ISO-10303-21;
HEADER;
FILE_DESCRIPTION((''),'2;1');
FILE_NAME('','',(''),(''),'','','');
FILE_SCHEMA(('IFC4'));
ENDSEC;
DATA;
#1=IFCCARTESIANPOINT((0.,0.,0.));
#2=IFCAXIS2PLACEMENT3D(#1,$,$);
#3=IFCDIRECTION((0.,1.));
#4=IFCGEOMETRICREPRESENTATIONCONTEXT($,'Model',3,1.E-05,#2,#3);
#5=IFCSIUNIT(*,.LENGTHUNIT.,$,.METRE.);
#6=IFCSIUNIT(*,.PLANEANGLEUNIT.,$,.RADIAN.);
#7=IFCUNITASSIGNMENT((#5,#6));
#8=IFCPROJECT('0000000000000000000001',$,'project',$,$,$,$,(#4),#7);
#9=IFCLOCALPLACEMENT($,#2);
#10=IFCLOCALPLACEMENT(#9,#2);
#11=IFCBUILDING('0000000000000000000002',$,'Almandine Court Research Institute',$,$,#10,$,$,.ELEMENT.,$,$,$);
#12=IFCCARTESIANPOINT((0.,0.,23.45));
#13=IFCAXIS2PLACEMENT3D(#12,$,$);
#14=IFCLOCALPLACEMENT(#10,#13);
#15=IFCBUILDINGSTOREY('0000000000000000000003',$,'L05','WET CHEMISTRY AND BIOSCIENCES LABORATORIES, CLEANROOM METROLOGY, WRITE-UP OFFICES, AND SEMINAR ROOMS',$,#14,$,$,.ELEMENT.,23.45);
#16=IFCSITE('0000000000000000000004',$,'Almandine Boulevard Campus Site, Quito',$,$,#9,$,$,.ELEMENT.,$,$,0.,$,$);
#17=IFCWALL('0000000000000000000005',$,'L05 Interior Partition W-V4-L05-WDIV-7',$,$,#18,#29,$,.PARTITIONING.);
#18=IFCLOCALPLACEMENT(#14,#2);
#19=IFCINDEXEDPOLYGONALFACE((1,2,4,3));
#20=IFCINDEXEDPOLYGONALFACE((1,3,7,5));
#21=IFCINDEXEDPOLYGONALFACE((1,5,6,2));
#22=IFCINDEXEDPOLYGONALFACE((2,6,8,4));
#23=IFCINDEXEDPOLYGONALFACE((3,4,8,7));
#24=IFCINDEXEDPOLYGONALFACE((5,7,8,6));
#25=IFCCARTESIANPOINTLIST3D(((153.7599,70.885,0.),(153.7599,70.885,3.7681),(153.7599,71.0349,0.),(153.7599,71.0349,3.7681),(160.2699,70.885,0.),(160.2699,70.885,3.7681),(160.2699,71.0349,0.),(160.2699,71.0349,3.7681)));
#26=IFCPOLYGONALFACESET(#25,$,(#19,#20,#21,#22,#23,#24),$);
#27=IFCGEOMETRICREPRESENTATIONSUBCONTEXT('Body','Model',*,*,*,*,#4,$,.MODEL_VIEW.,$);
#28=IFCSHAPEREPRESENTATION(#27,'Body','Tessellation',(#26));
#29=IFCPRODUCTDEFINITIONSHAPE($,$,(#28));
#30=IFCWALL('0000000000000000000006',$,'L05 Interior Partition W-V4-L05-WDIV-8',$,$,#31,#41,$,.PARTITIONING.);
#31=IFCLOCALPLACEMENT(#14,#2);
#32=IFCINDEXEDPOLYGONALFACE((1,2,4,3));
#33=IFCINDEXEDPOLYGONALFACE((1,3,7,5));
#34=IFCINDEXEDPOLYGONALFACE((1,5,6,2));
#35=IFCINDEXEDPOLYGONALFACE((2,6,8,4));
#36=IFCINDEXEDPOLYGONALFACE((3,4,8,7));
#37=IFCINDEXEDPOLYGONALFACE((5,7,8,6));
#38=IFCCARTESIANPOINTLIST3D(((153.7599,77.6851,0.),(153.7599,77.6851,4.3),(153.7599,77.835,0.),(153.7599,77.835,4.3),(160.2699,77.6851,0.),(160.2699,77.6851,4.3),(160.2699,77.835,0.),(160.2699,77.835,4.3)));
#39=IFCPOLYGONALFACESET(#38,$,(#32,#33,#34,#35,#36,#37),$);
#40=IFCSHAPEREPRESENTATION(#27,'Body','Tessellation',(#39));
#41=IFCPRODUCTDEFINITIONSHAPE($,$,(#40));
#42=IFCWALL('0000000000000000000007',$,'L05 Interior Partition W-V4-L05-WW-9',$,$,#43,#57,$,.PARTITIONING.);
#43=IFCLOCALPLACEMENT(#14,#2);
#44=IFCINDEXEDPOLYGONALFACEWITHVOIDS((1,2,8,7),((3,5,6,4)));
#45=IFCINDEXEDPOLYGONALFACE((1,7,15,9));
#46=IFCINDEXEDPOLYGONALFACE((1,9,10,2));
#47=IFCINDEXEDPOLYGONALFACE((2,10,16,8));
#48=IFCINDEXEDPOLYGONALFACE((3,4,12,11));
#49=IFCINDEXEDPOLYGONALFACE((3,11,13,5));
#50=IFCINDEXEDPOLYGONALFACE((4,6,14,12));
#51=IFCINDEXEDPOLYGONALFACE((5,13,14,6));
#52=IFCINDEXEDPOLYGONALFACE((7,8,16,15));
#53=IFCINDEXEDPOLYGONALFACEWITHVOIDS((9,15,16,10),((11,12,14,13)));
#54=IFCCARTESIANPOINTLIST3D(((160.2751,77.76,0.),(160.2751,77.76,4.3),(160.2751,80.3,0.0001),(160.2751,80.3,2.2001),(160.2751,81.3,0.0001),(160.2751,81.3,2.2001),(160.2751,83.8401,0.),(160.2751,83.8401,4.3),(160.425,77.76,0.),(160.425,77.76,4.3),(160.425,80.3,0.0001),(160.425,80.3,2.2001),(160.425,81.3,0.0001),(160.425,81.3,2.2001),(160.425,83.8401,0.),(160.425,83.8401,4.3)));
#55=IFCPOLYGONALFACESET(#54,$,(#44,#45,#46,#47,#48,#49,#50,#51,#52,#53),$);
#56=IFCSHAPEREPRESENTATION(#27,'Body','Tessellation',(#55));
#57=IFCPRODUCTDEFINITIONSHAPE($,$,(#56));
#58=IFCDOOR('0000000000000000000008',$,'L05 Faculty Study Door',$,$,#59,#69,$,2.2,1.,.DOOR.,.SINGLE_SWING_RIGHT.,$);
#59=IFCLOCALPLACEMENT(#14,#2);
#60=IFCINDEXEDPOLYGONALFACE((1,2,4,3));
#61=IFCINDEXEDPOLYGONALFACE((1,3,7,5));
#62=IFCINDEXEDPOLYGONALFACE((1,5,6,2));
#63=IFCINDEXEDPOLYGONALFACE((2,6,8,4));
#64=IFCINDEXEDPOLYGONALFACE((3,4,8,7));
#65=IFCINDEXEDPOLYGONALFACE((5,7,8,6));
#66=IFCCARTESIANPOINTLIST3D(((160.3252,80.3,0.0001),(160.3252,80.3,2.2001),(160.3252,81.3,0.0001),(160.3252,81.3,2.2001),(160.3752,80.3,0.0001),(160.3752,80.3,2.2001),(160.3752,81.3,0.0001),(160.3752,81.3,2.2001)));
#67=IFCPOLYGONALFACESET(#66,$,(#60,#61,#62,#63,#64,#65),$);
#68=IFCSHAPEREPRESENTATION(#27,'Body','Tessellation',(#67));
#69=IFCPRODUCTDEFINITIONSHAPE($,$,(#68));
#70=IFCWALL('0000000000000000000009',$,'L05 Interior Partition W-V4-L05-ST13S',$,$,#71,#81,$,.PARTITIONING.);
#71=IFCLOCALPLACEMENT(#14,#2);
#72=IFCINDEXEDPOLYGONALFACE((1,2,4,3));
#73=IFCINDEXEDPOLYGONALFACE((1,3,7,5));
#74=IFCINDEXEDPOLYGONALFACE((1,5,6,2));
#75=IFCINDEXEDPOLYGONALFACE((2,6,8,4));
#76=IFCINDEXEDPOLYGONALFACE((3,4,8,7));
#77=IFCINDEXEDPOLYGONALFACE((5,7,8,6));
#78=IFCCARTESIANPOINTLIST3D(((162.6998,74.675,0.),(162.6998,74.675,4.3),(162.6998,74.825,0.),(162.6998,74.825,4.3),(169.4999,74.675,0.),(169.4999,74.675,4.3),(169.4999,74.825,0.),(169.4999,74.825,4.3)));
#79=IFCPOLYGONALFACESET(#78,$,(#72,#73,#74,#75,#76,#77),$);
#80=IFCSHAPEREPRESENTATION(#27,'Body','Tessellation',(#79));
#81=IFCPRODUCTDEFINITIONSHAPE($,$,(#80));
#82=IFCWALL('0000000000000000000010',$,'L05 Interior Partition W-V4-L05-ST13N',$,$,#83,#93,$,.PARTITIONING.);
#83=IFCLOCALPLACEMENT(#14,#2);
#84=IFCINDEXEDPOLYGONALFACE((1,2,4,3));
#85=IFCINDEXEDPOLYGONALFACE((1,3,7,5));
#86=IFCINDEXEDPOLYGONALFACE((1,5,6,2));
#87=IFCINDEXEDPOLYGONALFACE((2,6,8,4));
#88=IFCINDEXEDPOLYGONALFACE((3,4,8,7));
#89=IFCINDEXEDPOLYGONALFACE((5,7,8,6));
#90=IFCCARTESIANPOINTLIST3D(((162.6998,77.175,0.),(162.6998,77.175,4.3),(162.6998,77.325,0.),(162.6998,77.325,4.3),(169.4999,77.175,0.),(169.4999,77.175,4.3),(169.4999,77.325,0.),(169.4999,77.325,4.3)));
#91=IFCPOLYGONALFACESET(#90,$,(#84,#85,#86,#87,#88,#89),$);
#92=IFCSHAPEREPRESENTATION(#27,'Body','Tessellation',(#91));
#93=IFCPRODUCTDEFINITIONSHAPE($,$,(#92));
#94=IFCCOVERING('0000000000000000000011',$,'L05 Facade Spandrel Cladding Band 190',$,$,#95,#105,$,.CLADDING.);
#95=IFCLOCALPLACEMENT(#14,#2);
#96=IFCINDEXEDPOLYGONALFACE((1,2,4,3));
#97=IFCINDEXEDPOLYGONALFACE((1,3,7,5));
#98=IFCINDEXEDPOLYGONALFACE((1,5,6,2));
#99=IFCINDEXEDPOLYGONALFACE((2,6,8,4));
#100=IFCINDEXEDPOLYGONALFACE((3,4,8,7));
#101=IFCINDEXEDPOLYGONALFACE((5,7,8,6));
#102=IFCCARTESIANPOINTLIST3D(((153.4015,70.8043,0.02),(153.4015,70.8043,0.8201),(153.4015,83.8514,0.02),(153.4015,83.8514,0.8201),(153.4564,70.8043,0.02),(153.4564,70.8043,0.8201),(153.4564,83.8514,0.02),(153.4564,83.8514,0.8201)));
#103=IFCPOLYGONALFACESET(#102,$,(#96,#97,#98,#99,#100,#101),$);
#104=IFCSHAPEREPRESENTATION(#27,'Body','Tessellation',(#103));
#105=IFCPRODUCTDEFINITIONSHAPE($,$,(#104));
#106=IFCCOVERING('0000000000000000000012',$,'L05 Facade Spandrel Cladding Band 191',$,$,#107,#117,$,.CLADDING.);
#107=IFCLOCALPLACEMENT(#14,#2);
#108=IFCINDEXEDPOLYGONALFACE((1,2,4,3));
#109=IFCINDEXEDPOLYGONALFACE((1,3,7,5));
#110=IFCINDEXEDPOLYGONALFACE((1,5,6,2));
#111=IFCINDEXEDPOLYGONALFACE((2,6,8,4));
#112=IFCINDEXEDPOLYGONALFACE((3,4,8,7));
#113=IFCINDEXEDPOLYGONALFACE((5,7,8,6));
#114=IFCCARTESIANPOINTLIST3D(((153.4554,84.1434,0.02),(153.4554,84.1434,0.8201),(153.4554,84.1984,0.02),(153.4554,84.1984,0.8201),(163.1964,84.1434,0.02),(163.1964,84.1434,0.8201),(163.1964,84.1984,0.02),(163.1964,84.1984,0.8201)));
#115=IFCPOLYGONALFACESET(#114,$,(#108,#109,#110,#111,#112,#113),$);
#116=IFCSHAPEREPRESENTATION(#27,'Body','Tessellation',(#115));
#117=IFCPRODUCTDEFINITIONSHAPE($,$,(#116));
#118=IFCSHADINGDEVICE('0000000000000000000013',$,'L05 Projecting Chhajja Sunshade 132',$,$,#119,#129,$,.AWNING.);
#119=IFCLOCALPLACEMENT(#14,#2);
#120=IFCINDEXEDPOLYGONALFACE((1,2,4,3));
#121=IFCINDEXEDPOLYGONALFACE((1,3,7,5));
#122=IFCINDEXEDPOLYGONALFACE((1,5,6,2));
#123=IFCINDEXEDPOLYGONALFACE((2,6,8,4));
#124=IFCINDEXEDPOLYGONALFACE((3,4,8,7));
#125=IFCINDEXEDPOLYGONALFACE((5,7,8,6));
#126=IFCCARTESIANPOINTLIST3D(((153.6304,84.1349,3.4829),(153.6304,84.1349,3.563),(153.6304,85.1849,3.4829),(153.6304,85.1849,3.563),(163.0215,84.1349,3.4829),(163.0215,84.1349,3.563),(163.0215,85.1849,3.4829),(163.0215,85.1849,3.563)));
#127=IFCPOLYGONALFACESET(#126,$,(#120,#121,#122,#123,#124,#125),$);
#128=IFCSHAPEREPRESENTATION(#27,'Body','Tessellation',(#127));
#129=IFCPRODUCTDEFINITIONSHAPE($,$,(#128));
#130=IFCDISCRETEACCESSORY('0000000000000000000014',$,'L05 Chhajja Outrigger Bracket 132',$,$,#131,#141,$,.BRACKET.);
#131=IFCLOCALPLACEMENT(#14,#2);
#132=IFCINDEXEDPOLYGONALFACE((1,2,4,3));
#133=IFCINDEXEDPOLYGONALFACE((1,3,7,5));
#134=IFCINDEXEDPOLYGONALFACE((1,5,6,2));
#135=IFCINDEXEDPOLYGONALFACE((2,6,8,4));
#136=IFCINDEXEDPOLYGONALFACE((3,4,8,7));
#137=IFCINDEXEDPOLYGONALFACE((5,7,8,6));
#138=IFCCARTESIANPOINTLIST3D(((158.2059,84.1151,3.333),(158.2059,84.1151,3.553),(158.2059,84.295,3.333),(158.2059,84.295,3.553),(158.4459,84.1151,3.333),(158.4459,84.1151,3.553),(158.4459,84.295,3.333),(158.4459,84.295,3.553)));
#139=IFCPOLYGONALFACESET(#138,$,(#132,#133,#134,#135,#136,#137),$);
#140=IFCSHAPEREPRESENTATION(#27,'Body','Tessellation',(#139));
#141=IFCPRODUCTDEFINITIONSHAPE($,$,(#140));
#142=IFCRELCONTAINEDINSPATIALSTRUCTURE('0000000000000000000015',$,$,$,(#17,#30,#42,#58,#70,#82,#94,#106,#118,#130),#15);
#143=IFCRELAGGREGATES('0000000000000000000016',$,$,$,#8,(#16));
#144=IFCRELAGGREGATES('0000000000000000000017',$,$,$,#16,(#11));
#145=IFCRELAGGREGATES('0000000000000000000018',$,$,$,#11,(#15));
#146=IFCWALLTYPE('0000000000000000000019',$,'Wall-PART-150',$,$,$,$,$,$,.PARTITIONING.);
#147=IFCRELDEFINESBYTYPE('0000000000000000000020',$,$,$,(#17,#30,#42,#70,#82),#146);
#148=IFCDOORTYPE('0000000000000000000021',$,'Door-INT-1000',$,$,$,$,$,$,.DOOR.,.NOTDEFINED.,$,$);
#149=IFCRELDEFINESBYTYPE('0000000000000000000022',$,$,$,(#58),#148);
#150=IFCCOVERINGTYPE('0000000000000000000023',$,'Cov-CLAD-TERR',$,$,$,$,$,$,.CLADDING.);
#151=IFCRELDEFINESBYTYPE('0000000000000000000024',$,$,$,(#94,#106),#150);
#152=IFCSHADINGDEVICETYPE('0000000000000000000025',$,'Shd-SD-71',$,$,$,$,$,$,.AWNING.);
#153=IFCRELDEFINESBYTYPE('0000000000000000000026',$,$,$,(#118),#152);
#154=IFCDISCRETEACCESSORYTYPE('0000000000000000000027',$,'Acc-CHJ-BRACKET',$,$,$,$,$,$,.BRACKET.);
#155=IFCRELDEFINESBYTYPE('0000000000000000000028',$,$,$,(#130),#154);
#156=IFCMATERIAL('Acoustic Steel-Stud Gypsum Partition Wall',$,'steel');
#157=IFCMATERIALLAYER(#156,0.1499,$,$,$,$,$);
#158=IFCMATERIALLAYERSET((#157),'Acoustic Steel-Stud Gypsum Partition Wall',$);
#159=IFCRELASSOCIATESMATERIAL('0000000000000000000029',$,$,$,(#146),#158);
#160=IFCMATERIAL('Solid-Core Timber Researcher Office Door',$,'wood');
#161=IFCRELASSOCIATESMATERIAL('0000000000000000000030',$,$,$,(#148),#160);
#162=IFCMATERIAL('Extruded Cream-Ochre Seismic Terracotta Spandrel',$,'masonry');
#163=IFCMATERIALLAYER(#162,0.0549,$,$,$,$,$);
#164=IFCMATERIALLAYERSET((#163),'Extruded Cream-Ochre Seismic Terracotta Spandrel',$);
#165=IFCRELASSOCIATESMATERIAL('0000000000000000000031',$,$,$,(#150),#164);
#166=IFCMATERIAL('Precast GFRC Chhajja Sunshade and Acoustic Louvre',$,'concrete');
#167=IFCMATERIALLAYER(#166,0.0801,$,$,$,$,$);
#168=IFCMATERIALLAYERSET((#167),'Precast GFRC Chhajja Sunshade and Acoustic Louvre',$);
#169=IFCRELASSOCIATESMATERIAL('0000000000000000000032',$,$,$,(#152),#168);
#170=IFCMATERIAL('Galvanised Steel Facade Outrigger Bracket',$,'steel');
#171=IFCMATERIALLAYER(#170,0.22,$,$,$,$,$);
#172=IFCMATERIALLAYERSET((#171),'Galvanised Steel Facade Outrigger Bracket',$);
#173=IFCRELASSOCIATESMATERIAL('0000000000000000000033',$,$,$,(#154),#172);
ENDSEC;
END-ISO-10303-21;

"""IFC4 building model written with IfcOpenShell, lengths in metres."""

from ifc_helpers import new_model, si_unit, direction, frame, frame_2d, origin, origin_2d, place, context, subcontext, project, spatial, rectangle, extrude, material, layer, layer_set, type_object, element, fill, save


model = new_model("IFC4")

# Units and contexts
model_context = context("Model", 3, precision=1e-05, world=origin(), true_north=direction((0.0, 1.0)))
body_context = subcontext(model_context, "Body", "Model", "MODEL_VIEW")
ifc_project = project(units=[si_unit("LENGTHUNIT", "METRE"), si_unit("PLANEANGLEUNIT", "RADIAN")], contexts=[model_context])

# Site, building, storey
site_placement = place(None, origin())
site = spatial("IfcSite", under=ifc_project, at=site_placement, Name="Almandine Boulevard Campus Site, Quito", CompositionType="ELEMENT", RefElevation=0.0)
building_placement = place(site_placement, origin())
building = spatial("IfcBuilding", under=site, at=building_placement, Name="Almandine Court Research Institute", CompositionType="ELEMENT")
storey_placement = place(building_placement, frame((0.0, 0.0, 23.45)))
storey = spatial("IfcBuildingStorey", under=building, at=storey_placement, Name="L05", Description="WET CHEMISTRY AND BIOSCIENCES LABORATORIES, CLEANROOM METROLOGY, WRITE-UP OFFICES, AND SEMINAR ROOMS", CompositionType="ELEMENT", Elevation=23.45)

# Walls
ifc_material_1 = material(Name="Acoustic Steel-Stud Gypsum Partition Wall", Category="steel")
ifc_layer_1 = layer(ifc_material_1, 0.1499)
ifc_layer_set_1 = layer_set([ifc_layer_1], Name="Acoustic Steel-Stud Gypsum Partition Wall")
wall_type_1 = type_object("IfcWallType", Name="Wall-PART-150", PredefinedType="PARTITIONING", material=ifc_layer_set_1)
wall_1_placement = place(storey_placement, frame((153.76, 70.96, 0.0), z_axis=(0.0, 0.0, 1.0), x_axis=(1.0, 0.0, 0.0)))
element("IfcWall", 1, at=wall_1_placement, inside=storey, type_object=wall_type_1, Name="L05 Interior Partition W-V4-L05-WDIV-7", PredefinedType="PARTITIONING", context=body_context, shape_type="SweptSolid", body=[
    extrude(rectangle(XDim=6.51, YDim=0.1499, at=frame_2d((3.2549, 0.0))), origin(), (0.0, 0.0, 1.0), 3.7681),
])
wall_2_placement = place(storey_placement, frame((153.76, 77.76, 0.0), z_axis=(0.0, 0.0, 1.0), x_axis=(1.0, 0.0, 0.0)))
element("IfcWall", 2, at=wall_2_placement, inside=storey, type_object=wall_type_1, Name="L05 Interior Partition W-V4-L05-WDIV-8", PredefinedType="PARTITIONING", context=body_context, shape_type="SweptSolid", body=[
    extrude(rectangle(XDim=6.51, YDim=0.1499, at=frame_2d((3.2549, 0.0))), origin(), (0.0, 0.0, 1.0), 4.3),
])

# Wall, opening, door
wall_3_placement = place(storey_placement, frame((160.3501, 77.76, 0.0), z_axis=(0.0, 0.0, 1.0), x_axis=(0.0, 1.0, 0.0)))
wall_3 = element("IfcWall", 3, at=wall_3_placement, inside=storey, type_object=wall_type_1, Name="L05 Interior Partition W-V4-L05-WW-9", PredefinedType="PARTITIONING", context=body_context, shape_type="SweptSolid", body=[
    extrude(rectangle(XDim=6.0801, YDim=0.1499, at=frame_2d((3.04, 0.0))), origin(), (0.0, 0.0, 1.0), 4.3),
])
opening_1_placement = place(wall_3_placement, frame((2.54, 0.0, 0.0)))
opening_1 = element("IfcOpeningElement", 4, at=opening_1_placement, cuts=wall_3, PredefinedType="OPENING", context=body_context, shape_type="SweptSolid", body=[
    extrude(rectangle(XDim=1.0, YDim=2.2, at=frame_2d((0.5, 1.1001))), frame((0.0, 0.085, 0.0), z_axis=(0.0, -1.0, 0.0), x_axis=(1.0, 0.0, 0.0)), (0.0, 0.0, 1.0), 0.1699),
])
ifc_material_2 = material(Name="Solid-Core Timber Researcher Office Door", Category="wood")
door_type_1 = type_object("IfcDoorType", Name="Door-INT-1000", OperationType="NOTDEFINED", PredefinedType="DOOR", material=ifc_material_2)
door_1_placement = place(opening_1_placement, origin())
door_1 = element("IfcDoor", 5, at=door_1_placement, inside=storey, type_object=door_type_1, Name="L05 Faculty Study Door", OperationType="SINGLE_SWING_RIGHT", OverallHeight=2.2, OverallWidth=1.0, PredefinedType="DOOR", context=body_context, shape_type="SweptSolid", body=[
    extrude(rectangle(XDim=1.0, YDim=2.2, at=frame_2d((0.5, 1.1001))), frame((0.0, 0.0249, 0.0), z_axis=(0.0, -1.0, 0.0), x_axis=(1.0, 0.0, 0.0)), (0.0, 0.0, 1.0), 0.05),
])
fill(opening_1, door_1)

# Walls
for number, where, z_axis, x_axis, name in (
    (6, (162.7, 74.75, 0.0), (0.0, 0.0, 1.0), (1.0, 0.0, 0.0), "L05 Interior Partition W-V4-L05-ST13S"),
    (7, (162.7, 77.25, 0.0), (0.0, 0.0, 1.0), (1.0, 0.0, 0.0), "L05 Interior Partition W-V4-L05-ST13N"),
):
    element("IfcWall", number, at=place(storey_placement, frame(where, z_axis=z_axis, x_axis=x_axis)), inside=storey, type_object=wall_type_1, Name=name, PredefinedType="PARTITIONING", context=body_context, shape_type="SweptSolid", body=[
        extrude(rectangle(XDim=6.8, YDim=0.1499, at=frame_2d((3.3999, 0.0))), origin(), (0.0, 0.0, 1.0), 4.3),
    ])

# Coverings
ifc_material_3 = material(Name="Extruded Cream-Ochre Seismic Terracotta Spandrel", Category="masonry")
ifc_layer_2 = layer(ifc_material_3, 0.0549)
ifc_layer_set_2 = layer_set([ifc_layer_2], Name="Extruded Cream-Ochre Seismic Terracotta Spandrel")
covering_type = type_object("IfcCoveringType", Name="Cov-CLAD-TERR", PredefinedType="CLADDING", material=ifc_layer_set_2)
covering_1_placement = place(storey_placement, frame((153.429, 77.3279, 0.02), z_axis=(0.0, 0.0, 1.0), x_axis=(0.0, 1.0, 0.0)))
element("IfcCovering", 8, at=covering_1_placement, inside=storey, type_object=covering_type, Name="L05 Facade Spandrel Cladding Band 190", PredefinedType="CLADDING", context=body_context, shape_type="SweptSolid", body=[
    extrude(rectangle(XDim=13.0471, YDim=0.0549, at=origin_2d()), origin(), (0.0, 0.0, 1.0), 0.8),
])
covering_2_placement = place(storey_placement, frame((158.3259, 84.1709, 0.02), z_axis=(0.0, 0.0, 1.0), x_axis=(1.0, 0.0, 0.0)))
element("IfcCovering", 9, at=covering_2_placement, inside=storey, type_object=covering_type, Name="L05 Facade Spandrel Cladding Band 191", PredefinedType="CLADDING", context=body_context, shape_type="SweptSolid", body=[
    extrude(rectangle(XDim=9.741, YDim=0.0549, at=origin_2d()), origin(), (0.0, 0.0, 1.0), 0.8),
])

# Shading device
ifc_material_4 = material(Name="Precast GFRC Chhajja Sunshade and Acoustic Louvre", Category="concrete")
ifc_layer_3 = layer(ifc_material_4, 0.0801)
ifc_layer_set_3 = layer_set([ifc_layer_3], Name="Precast GFRC Chhajja Sunshade and Acoustic Louvre")
shading_device_type = type_object("IfcShadingDeviceType", Name="Shd-SD-71", PredefinedType="AWNING", material=ifc_layer_set_3)
shading_device_placement = place(storey_placement, frame((158.3259, 84.6599, 3.4829), z_axis=(0.0, 0.0, 1.0), x_axis=(1.0, 0.0, 0.0)))
element("IfcShadingDevice", 10, at=shading_device_placement, inside=storey, type_object=shading_device_type, Name="L05 Projecting Chhajja Sunshade 132", PredefinedType="AWNING", context=body_context, shape_type="SweptSolid", body=[
    extrude(rectangle(XDim=9.3911, YDim=1.05, at=origin_2d()), origin(), (0.0, 0.0, 1.0), 0.0801),
])

# Discrete accessory
ifc_material_5 = material(Name="Galvanised Steel Facade Outrigger Bracket", Category="steel")
ifc_layer_4 = layer(ifc_material_5, 0.22)
ifc_layer_set_4 = layer_set([ifc_layer_4], Name="Galvanised Steel Facade Outrigger Bracket")
discrete_accessory_type = type_object("IfcDiscreteAccessoryType", Name="Acc-CHJ-BRACKET", PredefinedType="BRACKET", material=ifc_layer_set_4)
discrete_accessory_placement = place(storey_placement, frame((158.3259, 84.2051, 3.333), z_axis=(0.0, 0.0, 1.0), x_axis=(1.0, 0.0, 0.0)))
element("IfcDiscreteAccessory", 11, at=discrete_accessory_placement, inside=storey, type_object=discrete_accessory_type, Name="L05 Chhajja Outrigger Bracket 132", PredefinedType="BRACKET", context=body_context, shape_type="SweptSolid", body=[
    extrude(rectangle(XDim=0.24, YDim=0.1799, at=origin_2d()), origin(), (0.0, 0.0, 1.0), 0.22),
])

save(model, "model.ifc")
